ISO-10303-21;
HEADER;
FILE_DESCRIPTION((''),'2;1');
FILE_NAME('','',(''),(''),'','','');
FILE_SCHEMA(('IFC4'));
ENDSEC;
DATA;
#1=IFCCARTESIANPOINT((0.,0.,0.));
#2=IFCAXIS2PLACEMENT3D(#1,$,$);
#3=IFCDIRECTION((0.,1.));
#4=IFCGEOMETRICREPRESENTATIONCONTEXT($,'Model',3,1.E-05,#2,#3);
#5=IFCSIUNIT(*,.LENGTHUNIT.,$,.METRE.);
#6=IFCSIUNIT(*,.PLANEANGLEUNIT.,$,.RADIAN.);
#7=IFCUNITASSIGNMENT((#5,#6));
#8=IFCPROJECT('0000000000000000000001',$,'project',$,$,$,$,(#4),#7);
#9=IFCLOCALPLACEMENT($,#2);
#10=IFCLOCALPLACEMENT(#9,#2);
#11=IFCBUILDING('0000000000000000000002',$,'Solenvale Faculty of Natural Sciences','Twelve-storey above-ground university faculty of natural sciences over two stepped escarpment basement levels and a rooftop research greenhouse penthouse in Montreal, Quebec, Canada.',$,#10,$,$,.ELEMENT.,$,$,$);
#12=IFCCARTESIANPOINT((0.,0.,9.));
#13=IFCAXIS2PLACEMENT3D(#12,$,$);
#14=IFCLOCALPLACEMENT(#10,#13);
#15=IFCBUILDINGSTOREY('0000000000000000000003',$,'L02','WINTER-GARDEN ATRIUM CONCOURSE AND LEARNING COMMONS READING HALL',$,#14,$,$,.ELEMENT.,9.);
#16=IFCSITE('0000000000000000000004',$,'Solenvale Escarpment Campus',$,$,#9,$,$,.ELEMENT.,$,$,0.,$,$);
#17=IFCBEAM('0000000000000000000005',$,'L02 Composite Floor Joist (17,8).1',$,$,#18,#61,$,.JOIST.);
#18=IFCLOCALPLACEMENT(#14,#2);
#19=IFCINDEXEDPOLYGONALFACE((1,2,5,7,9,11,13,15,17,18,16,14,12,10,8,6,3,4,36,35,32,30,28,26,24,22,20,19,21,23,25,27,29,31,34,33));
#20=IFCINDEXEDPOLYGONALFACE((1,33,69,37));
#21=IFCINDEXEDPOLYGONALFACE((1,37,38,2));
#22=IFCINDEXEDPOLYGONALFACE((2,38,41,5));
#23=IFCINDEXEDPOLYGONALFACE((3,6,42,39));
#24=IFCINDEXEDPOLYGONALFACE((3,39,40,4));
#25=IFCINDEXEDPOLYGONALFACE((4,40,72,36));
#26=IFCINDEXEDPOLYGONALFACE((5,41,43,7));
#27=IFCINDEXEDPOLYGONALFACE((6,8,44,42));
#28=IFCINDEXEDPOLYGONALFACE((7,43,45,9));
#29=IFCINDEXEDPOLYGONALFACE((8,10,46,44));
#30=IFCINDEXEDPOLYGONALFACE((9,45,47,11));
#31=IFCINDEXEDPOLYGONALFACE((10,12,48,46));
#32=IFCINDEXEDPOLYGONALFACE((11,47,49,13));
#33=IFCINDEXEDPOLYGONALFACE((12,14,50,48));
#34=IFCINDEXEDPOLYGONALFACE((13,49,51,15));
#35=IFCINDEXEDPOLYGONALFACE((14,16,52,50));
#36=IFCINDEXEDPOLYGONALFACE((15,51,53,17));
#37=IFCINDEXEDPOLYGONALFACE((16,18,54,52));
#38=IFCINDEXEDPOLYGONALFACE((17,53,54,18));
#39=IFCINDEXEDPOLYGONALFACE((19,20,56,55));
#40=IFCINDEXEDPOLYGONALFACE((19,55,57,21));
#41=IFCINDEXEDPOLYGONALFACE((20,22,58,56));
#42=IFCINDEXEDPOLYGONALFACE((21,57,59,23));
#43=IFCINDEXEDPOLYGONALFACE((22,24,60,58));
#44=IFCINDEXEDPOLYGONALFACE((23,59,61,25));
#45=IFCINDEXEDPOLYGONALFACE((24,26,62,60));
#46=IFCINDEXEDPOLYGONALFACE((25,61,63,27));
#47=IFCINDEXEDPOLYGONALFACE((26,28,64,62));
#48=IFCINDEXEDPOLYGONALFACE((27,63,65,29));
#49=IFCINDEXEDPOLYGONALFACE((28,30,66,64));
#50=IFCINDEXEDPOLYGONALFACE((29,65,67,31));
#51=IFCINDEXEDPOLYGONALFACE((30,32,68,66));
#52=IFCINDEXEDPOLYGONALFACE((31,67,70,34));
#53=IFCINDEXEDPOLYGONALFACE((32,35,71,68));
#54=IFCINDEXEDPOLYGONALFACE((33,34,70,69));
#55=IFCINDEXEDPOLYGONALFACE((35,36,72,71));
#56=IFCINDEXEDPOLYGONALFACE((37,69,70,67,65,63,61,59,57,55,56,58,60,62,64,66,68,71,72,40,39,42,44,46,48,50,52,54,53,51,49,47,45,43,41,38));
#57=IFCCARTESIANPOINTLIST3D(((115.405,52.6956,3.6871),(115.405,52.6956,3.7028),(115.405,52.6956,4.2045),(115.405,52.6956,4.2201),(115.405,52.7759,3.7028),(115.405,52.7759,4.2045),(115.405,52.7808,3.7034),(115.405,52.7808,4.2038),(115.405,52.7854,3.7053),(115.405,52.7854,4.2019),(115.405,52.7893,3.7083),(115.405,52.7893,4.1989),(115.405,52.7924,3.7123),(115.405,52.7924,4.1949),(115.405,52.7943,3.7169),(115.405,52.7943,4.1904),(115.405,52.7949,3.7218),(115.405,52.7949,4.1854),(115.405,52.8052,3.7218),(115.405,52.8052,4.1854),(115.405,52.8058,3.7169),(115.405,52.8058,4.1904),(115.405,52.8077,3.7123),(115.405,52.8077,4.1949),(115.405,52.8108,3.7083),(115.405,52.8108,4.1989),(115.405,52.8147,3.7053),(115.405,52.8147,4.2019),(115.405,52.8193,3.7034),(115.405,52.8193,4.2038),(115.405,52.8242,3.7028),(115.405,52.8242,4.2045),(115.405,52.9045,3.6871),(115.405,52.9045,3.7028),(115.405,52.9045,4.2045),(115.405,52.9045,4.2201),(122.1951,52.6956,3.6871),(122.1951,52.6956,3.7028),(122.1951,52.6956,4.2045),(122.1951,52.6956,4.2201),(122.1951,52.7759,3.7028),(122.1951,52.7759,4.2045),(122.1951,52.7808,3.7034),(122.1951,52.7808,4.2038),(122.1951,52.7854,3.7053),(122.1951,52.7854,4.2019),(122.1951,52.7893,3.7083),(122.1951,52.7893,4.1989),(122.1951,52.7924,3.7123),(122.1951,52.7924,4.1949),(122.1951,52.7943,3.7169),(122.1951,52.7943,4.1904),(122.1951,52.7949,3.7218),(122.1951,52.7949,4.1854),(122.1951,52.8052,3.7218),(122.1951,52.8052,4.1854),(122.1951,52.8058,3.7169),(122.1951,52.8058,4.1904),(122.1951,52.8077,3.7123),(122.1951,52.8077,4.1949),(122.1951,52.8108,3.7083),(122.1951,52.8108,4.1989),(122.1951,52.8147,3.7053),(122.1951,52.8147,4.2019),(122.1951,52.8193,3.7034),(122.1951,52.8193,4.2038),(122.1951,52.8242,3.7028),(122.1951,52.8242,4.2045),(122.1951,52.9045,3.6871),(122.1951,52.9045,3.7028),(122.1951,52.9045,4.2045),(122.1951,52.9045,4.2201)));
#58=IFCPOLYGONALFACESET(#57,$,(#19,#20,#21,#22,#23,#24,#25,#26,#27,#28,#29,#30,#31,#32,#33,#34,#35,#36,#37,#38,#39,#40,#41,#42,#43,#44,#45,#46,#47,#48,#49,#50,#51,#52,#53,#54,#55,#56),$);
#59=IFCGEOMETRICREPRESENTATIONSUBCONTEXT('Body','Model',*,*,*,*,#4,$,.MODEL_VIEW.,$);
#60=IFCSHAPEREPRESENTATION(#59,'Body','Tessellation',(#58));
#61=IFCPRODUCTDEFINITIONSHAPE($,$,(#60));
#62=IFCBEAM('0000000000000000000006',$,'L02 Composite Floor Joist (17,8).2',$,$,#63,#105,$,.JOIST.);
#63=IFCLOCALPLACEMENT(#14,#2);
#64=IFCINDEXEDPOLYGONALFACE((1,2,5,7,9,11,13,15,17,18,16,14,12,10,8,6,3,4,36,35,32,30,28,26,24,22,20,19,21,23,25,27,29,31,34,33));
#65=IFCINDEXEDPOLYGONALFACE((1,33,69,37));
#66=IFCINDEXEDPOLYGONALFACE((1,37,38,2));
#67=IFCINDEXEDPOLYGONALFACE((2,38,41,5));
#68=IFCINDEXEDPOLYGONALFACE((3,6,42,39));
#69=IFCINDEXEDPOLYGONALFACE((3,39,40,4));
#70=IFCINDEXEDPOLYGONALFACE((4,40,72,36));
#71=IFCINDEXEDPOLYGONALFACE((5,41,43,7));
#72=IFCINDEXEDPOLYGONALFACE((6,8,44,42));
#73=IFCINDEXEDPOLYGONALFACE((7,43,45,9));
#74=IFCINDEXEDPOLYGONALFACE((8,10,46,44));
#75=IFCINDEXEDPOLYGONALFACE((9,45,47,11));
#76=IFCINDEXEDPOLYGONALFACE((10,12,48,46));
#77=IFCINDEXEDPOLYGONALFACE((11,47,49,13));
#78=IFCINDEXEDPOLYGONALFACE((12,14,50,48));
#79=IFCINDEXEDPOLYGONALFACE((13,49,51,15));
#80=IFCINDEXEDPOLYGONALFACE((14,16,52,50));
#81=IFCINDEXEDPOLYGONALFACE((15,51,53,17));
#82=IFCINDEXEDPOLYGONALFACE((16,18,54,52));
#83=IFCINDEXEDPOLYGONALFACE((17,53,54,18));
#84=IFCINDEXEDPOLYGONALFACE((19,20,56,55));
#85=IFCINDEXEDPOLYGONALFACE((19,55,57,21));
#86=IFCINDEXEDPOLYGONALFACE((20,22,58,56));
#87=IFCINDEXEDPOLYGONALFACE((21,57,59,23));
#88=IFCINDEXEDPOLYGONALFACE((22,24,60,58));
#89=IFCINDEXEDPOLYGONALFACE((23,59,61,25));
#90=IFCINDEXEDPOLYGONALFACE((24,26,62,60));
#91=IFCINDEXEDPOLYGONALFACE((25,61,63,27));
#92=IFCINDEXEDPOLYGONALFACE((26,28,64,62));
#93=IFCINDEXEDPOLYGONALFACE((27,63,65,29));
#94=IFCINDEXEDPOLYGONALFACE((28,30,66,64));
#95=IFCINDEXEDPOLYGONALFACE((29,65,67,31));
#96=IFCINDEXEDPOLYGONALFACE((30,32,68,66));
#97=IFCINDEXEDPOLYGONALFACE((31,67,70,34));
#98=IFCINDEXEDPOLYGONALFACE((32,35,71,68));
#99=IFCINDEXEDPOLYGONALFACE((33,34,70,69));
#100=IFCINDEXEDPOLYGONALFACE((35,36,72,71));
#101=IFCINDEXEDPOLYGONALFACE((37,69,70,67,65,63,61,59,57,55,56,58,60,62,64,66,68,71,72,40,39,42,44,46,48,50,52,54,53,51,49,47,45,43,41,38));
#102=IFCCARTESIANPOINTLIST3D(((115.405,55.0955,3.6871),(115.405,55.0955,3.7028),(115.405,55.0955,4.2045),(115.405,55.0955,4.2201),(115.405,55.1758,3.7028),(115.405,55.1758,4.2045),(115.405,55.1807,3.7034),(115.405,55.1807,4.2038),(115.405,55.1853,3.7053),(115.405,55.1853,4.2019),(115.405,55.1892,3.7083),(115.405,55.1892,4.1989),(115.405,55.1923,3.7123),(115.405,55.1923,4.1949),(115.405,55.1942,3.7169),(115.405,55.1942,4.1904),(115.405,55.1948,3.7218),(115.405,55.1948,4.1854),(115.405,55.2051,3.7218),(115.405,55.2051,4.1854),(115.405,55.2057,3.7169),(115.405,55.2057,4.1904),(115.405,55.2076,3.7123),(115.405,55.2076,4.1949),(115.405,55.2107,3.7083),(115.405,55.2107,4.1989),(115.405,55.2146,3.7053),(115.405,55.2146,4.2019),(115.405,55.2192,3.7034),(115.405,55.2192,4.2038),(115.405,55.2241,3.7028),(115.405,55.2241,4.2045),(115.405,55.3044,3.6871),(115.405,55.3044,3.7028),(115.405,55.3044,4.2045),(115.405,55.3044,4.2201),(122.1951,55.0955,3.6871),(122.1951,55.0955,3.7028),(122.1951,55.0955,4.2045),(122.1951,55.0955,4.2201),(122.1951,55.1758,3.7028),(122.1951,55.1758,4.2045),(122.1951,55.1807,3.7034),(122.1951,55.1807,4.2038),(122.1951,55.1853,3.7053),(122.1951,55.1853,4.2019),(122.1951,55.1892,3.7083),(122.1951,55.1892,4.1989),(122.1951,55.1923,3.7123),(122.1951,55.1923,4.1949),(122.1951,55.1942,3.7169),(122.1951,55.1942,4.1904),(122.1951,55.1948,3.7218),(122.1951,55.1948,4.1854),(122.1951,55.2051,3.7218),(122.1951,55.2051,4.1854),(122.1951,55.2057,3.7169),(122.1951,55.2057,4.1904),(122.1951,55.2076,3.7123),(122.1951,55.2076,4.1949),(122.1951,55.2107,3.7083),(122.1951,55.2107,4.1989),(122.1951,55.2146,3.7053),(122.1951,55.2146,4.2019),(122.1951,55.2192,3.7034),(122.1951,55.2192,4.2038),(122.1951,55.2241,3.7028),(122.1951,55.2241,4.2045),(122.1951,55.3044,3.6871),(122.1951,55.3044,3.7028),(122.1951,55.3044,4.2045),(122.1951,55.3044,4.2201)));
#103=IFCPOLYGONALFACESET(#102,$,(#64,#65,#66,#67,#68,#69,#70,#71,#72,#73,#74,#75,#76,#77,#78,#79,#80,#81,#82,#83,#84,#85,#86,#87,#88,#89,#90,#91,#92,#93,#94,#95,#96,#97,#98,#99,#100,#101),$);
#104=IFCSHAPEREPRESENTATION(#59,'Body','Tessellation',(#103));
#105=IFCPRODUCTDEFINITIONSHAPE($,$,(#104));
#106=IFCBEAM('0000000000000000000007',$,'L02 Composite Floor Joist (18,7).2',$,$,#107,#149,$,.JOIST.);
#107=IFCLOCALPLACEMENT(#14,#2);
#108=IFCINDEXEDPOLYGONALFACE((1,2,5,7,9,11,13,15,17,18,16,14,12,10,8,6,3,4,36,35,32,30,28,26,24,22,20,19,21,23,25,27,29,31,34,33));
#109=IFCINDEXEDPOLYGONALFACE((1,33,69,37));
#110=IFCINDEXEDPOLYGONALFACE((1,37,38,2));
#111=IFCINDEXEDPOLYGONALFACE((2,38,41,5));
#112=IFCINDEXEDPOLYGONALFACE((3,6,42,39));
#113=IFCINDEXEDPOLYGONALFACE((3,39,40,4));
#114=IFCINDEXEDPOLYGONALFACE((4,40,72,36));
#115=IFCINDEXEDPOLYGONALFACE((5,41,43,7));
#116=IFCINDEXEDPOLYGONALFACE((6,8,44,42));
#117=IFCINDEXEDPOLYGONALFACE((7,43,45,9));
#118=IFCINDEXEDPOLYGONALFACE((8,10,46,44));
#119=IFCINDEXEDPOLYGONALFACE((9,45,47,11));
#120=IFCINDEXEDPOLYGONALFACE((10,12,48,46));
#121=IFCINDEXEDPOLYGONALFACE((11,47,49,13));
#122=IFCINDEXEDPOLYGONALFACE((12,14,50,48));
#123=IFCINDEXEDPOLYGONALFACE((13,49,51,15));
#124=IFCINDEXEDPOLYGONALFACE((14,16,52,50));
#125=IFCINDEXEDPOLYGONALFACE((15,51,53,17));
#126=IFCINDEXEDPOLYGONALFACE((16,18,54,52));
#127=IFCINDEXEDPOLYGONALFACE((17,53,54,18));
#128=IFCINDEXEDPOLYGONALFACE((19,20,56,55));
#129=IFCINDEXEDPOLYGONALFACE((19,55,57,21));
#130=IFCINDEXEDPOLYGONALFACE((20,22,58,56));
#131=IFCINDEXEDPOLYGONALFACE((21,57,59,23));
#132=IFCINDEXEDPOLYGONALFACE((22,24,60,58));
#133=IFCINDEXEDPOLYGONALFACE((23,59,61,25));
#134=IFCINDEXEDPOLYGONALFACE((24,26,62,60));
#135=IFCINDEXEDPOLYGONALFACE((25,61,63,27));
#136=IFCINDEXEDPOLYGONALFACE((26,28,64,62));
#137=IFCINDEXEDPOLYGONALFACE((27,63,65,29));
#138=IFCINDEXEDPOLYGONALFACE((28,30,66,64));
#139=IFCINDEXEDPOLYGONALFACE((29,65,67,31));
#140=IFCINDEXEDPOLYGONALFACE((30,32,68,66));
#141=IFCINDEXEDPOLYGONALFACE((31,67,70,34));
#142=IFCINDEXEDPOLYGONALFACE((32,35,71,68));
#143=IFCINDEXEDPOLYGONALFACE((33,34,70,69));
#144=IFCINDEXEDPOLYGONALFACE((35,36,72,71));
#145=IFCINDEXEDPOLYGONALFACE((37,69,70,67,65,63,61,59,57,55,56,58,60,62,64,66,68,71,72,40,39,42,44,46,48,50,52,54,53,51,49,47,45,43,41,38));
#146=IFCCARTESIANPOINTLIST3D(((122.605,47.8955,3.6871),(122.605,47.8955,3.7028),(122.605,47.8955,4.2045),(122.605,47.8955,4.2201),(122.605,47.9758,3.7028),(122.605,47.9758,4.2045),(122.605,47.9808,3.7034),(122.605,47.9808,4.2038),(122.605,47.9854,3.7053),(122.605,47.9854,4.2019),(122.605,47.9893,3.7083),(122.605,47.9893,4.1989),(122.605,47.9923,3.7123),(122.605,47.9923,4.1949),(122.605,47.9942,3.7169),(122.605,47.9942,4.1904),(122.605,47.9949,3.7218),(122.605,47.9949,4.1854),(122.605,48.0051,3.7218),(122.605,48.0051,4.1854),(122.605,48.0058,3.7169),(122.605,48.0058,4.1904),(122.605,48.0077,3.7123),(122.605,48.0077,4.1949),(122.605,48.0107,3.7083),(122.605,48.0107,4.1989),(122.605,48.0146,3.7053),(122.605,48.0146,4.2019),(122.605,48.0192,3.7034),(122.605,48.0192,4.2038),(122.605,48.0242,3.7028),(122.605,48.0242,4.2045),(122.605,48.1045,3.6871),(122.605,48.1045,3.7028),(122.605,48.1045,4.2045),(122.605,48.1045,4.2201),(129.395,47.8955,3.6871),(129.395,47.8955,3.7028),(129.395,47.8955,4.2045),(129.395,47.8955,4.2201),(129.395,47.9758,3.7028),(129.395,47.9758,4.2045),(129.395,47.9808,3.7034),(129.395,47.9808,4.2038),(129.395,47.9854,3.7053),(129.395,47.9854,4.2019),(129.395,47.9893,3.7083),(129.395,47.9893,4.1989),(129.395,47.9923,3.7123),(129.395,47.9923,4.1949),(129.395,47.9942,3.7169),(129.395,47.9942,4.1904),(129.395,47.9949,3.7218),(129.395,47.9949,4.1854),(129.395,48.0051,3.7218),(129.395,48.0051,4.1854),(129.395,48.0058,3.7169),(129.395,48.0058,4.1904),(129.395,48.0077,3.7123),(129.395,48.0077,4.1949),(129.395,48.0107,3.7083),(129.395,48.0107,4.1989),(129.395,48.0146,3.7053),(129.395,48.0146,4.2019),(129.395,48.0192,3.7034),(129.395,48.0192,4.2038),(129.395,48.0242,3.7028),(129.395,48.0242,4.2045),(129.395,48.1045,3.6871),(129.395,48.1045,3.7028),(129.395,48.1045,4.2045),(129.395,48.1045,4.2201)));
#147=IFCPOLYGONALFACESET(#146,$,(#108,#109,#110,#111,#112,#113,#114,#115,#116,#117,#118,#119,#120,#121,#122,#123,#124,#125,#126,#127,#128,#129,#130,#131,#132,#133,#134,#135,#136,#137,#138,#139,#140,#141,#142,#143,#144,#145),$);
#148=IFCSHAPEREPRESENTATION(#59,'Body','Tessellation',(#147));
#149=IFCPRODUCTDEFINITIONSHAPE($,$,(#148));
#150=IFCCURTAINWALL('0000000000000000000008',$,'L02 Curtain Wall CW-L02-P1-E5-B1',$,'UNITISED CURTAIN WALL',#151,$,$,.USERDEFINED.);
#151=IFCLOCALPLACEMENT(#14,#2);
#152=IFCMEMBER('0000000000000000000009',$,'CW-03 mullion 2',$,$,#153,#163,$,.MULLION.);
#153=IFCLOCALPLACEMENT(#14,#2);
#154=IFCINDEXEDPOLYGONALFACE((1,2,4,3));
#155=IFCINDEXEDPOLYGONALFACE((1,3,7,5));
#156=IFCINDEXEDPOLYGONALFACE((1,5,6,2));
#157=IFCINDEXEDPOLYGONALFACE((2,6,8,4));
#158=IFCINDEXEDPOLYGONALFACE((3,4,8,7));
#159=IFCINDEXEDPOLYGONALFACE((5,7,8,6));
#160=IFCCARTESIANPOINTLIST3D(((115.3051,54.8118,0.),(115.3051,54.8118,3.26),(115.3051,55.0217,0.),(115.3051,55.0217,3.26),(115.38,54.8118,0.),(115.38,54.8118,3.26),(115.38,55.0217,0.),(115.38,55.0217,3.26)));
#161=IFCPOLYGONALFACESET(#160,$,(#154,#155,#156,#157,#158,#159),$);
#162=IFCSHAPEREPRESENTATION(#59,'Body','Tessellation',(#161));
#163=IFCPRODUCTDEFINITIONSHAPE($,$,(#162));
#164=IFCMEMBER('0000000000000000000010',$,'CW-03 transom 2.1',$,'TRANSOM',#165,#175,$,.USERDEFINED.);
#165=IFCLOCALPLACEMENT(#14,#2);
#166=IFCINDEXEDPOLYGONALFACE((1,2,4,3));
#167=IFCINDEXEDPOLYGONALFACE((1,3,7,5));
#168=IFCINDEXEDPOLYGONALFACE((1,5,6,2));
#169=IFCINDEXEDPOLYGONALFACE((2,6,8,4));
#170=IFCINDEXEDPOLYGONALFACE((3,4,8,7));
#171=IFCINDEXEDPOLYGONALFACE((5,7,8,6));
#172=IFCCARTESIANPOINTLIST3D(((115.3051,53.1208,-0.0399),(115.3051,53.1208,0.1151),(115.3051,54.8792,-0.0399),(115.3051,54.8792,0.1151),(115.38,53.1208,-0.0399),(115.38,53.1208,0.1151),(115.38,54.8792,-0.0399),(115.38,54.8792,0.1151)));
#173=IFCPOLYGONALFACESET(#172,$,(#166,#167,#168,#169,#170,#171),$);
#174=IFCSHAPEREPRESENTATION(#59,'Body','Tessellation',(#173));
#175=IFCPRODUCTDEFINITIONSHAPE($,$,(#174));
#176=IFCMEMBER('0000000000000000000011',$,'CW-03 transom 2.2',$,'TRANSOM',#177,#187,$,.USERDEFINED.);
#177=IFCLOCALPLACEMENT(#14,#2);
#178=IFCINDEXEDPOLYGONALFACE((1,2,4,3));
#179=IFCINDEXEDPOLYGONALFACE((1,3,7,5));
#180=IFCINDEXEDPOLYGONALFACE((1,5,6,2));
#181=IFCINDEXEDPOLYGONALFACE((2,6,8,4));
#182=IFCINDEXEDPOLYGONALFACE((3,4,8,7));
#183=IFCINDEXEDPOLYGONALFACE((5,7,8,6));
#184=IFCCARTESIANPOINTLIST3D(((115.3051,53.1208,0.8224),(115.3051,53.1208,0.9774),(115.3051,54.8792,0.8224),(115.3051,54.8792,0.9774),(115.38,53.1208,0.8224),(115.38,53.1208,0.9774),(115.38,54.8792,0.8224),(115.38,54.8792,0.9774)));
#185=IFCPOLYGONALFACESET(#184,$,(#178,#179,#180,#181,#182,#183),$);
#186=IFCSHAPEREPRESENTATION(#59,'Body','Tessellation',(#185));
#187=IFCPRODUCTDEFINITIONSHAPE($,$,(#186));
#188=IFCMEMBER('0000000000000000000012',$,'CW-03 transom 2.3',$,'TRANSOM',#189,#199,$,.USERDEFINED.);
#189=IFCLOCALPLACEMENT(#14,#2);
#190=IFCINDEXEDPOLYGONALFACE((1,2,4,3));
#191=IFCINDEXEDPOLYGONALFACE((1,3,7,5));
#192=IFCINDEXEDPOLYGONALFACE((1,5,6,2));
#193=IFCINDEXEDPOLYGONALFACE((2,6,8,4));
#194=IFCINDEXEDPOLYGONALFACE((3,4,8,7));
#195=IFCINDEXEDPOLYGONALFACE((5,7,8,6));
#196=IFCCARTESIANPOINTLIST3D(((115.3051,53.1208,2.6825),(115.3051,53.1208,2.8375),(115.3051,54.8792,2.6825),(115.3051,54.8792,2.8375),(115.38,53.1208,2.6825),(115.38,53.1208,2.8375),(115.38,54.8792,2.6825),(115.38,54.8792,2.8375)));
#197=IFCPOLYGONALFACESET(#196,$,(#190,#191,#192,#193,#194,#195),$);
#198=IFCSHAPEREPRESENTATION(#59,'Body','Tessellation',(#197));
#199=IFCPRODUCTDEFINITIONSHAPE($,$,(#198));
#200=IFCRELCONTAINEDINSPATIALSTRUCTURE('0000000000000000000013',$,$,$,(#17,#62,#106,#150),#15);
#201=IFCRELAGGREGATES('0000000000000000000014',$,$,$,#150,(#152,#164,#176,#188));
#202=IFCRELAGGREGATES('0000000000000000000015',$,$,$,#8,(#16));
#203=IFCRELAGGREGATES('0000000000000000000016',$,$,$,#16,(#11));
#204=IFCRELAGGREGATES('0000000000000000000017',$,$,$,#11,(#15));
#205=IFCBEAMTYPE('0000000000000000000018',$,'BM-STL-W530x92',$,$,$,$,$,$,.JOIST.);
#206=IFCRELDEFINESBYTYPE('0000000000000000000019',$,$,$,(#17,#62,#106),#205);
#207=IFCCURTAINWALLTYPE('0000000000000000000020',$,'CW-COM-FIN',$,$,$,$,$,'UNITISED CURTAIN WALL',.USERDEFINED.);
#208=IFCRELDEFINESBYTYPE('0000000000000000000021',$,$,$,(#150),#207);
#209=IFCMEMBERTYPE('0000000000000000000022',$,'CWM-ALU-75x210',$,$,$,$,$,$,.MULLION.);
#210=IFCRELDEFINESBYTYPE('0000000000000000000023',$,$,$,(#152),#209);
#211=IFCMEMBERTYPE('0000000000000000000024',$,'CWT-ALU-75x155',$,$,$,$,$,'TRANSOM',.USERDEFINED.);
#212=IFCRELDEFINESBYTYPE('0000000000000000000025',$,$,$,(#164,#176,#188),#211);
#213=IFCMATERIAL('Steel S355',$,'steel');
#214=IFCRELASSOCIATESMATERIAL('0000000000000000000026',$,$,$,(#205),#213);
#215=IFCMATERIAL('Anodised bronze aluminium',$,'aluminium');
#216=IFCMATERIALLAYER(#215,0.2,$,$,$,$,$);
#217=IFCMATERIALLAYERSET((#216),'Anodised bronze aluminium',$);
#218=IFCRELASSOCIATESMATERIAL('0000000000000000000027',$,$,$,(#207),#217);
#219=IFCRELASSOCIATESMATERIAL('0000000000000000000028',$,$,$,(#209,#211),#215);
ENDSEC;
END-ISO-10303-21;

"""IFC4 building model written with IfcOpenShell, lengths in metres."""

from ifc_helpers import new_model, si_unit, direction, frame, origin, origin_2d, place, context, subcontext, project, spatial, rectangle, i_section, extrude, material, layer, layer_set, material_profile, profile_set, type_object, element, aggregate, save


model = new_model("IFC4")

# Units and contexts
model_context = context("Model", 3, precision=1e-05, world=origin(), true_north=direction((0.0, 1.0)))
body_context = subcontext(model_context, "Body", "Model", "MODEL_VIEW")
ifc_project = project(units=[si_unit("LENGTHUNIT", "METRE"), si_unit("PLANEANGLEUNIT", "RADIAN")], contexts=[model_context])

# Site, building, storey
site_placement = place(None, origin())
site = spatial("IfcSite", under=ifc_project, at=site_placement, Name="Solenvale Escarpment Campus", CompositionType="ELEMENT", RefElevation=0.0)
building_placement = place(site_placement, origin())
building = spatial("IfcBuilding", under=site, at=building_placement, Name="Solenvale Faculty of Natural Sciences", Description="Twelve-storey above-ground university faculty of natural sciences over two stepped escarpment basement levels and a rooftop research greenhouse penthouse in Montreal, Quebec, Canada.", CompositionType="ELEMENT")
storey_placement = place(building_placement, frame((0.0, 0.0, 9.0)))
storey = spatial("IfcBuildingStorey", under=building, at=storey_placement, Name="L02", Description="WINTER-GARDEN ATRIUM CONCOURSE AND LEARNING COMMONS READING HALL", CompositionType="ELEMENT", Elevation=9.0)

# Beams
ifc_material_1 = material(Name="Steel S355", Category="steel")
ifc_material_profile_1 = material_profile(ifc_material_1, i_section(OverallWidth=0.209, OverallDepth=0.533, WebThickness=0.0103, FlangeThickness=0.0156, FilletRadius=0.019, at=origin_2d()), Name="W530x92")
ifc_profile_set_1 = profile_set([ifc_material_profile_1], Name="Steel S355")
beam_type_1 = type_object("IfcBeamType", Name="BM-STL-W530x92", PredefinedType="JOIST", material=ifc_profile_set_1)
for number, where, z_axis, x_axis, name in (
    (1, (115.405, 52.8, 3.9536), (1.0, 0.0, 0.0), (0.0, 1.0, 0.0), "L02 Composite Floor Joist (17,8).1"),
    (2, (115.405, 55.2, 3.9536), (1.0, 0.0, 0.0), (0.0, 1.0, 0.0), "L02 Composite Floor Joist (17,8).2"),
    (3, (122.605, 48.0, 3.9536), (1.0, 0.0, 0.0), (0.0, 1.0, 0.0), "L02 Composite Floor Joist (18,7).2"),
):
    element("IfcBeam", number, at=place(storey_placement, frame(where, z_axis=z_axis, x_axis=x_axis)), inside=storey, type_object=beam_type_1, Name=name, PredefinedType="JOIST", context=body_context, shape_type="SweptSolid", body=[
        extrude(i_section(OverallWidth=0.209, OverallDepth=0.533, WebThickness=0.0103, FlangeThickness=0.0156, FilletRadius=0.019, at=origin_2d()), origin(), (0.0, 0.0, 1.0), 6.79),
    ])

# Curtain wall, members
ifc_material_2 = material(Name="Anodised bronze aluminium", Category="aluminium")
ifc_layer_1 = layer(ifc_material_2, 0.2)
ifc_layer_set_1 = layer_set([ifc_layer_1], Name="Anodised bronze aluminium")
curtain_wall_type = type_object("IfcCurtainWallType", Name="CW-COM-FIN", ElementType="UNITISED CURTAIN WALL", PredefinedType="USERDEFINED", material=ifc_layer_set_1)
curtain_wall_placement = place(storey_placement, origin())
curtain_wall = element("IfcCurtainWall", 4, at=curtain_wall_placement, inside=storey, type_object=curtain_wall_type, Name="L02 Curtain Wall CW-L02-P1-E5-B1", ObjectType="UNITISED CURTAIN WALL", PredefinedType="USERDEFINED")
ifc_material_profile_2 = material_profile(ifc_material_2, rectangle(XDim=0.075, YDim=0.21, at=origin_2d()), Name="ALU-MUL-75x210")
ifc_profile_set_2 = profile_set([ifc_material_profile_2], Name="Anodised bronze aluminium")
member_type_1 = type_object("IfcMemberType", Name="CWM-ALU-75x210", PredefinedType="MULLION", material=ifc_profile_set_2)
member_1_placement = place(storey_placement, frame((115.3425, 54.9167, 0.0), z_axis=(0.0, 0.0, 1.0), x_axis=(1.0, 0.0, 0.0)))
member_1 = element("IfcMember", 5, at=member_1_placement, type_object=member_type_1, Name="CW-03 mullion 2", PredefinedType="MULLION", context=body_context, shape_type="SweptSolid", body=[
    extrude(rectangle(XDim=0.075, YDim=0.21, at=origin_2d()), origin(), (0.0, 0.0, 1.0), 3.26),
])
ifc_material_profile_3 = material_profile(ifc_material_2, rectangle(XDim=0.075, YDim=0.155, at=origin_2d()), Name="ALU-TRN-75x155")
ifc_profile_set_3 = profile_set([ifc_material_profile_3], Name="Anodised bronze aluminium")
member_type_2 = type_object("IfcMemberType", Name="CWT-ALU-75x155", ElementType="TRANSOM", PredefinedType="USERDEFINED", material=ifc_profile_set_3)
member_2_placement = place(storey_placement, frame((115.3425, 54.8792, 0.0376), z_axis=(0.0, -1.0, 0.0), x_axis=(1.0, 0.0, 0.0)))
member_2 = element("IfcMember", 6, at=member_2_placement, type_object=member_type_2, Name="CW-03 transom 2.1", ObjectType="TRANSOM", PredefinedType="USERDEFINED", context=body_context, shape_type="SweptSolid", body=[
    extrude(rectangle(XDim=0.075, YDim=0.155, at=origin_2d()), origin(), (0.0, 0.0, 1.0), 1.7583),
])
member_3_placement = place(storey_placement, frame((115.3425, 54.8792, 0.8999), z_axis=(0.0, -1.0, 0.0), x_axis=(1.0, 0.0, 0.0)))
member_3 = element("IfcMember", 7, at=member_3_placement, type_object=member_type_2, Name="CW-03 transom 2.2", ObjectType="TRANSOM", PredefinedType="USERDEFINED", context=body_context, shape_type="SweptSolid", body=[
    extrude(rectangle(XDim=0.075, YDim=0.155, at=origin_2d()), origin(), (0.0, 0.0, 1.0), 1.7583),
])
member_4_placement = place(storey_placement, frame((115.3425, 54.8792, 2.76), z_axis=(0.0, -1.0, 0.0), x_axis=(1.0, 0.0, 0.0)))
member_4 = element("IfcMember", 8, at=member_4_placement, type_object=member_type_2, Name="CW-03 transom 2.3", ObjectType="TRANSOM", PredefinedType="USERDEFINED", context=body_context, shape_type="SweptSolid", body=[
    extrude(rectangle(XDim=0.075, YDim=0.155, at=origin_2d()), origin(), (0.0, 0.0, 1.0), 1.7583),
])
aggregate(curtain_wall, [member_1, member_2, member_3, member_4])

save(model, "model.ifc")
